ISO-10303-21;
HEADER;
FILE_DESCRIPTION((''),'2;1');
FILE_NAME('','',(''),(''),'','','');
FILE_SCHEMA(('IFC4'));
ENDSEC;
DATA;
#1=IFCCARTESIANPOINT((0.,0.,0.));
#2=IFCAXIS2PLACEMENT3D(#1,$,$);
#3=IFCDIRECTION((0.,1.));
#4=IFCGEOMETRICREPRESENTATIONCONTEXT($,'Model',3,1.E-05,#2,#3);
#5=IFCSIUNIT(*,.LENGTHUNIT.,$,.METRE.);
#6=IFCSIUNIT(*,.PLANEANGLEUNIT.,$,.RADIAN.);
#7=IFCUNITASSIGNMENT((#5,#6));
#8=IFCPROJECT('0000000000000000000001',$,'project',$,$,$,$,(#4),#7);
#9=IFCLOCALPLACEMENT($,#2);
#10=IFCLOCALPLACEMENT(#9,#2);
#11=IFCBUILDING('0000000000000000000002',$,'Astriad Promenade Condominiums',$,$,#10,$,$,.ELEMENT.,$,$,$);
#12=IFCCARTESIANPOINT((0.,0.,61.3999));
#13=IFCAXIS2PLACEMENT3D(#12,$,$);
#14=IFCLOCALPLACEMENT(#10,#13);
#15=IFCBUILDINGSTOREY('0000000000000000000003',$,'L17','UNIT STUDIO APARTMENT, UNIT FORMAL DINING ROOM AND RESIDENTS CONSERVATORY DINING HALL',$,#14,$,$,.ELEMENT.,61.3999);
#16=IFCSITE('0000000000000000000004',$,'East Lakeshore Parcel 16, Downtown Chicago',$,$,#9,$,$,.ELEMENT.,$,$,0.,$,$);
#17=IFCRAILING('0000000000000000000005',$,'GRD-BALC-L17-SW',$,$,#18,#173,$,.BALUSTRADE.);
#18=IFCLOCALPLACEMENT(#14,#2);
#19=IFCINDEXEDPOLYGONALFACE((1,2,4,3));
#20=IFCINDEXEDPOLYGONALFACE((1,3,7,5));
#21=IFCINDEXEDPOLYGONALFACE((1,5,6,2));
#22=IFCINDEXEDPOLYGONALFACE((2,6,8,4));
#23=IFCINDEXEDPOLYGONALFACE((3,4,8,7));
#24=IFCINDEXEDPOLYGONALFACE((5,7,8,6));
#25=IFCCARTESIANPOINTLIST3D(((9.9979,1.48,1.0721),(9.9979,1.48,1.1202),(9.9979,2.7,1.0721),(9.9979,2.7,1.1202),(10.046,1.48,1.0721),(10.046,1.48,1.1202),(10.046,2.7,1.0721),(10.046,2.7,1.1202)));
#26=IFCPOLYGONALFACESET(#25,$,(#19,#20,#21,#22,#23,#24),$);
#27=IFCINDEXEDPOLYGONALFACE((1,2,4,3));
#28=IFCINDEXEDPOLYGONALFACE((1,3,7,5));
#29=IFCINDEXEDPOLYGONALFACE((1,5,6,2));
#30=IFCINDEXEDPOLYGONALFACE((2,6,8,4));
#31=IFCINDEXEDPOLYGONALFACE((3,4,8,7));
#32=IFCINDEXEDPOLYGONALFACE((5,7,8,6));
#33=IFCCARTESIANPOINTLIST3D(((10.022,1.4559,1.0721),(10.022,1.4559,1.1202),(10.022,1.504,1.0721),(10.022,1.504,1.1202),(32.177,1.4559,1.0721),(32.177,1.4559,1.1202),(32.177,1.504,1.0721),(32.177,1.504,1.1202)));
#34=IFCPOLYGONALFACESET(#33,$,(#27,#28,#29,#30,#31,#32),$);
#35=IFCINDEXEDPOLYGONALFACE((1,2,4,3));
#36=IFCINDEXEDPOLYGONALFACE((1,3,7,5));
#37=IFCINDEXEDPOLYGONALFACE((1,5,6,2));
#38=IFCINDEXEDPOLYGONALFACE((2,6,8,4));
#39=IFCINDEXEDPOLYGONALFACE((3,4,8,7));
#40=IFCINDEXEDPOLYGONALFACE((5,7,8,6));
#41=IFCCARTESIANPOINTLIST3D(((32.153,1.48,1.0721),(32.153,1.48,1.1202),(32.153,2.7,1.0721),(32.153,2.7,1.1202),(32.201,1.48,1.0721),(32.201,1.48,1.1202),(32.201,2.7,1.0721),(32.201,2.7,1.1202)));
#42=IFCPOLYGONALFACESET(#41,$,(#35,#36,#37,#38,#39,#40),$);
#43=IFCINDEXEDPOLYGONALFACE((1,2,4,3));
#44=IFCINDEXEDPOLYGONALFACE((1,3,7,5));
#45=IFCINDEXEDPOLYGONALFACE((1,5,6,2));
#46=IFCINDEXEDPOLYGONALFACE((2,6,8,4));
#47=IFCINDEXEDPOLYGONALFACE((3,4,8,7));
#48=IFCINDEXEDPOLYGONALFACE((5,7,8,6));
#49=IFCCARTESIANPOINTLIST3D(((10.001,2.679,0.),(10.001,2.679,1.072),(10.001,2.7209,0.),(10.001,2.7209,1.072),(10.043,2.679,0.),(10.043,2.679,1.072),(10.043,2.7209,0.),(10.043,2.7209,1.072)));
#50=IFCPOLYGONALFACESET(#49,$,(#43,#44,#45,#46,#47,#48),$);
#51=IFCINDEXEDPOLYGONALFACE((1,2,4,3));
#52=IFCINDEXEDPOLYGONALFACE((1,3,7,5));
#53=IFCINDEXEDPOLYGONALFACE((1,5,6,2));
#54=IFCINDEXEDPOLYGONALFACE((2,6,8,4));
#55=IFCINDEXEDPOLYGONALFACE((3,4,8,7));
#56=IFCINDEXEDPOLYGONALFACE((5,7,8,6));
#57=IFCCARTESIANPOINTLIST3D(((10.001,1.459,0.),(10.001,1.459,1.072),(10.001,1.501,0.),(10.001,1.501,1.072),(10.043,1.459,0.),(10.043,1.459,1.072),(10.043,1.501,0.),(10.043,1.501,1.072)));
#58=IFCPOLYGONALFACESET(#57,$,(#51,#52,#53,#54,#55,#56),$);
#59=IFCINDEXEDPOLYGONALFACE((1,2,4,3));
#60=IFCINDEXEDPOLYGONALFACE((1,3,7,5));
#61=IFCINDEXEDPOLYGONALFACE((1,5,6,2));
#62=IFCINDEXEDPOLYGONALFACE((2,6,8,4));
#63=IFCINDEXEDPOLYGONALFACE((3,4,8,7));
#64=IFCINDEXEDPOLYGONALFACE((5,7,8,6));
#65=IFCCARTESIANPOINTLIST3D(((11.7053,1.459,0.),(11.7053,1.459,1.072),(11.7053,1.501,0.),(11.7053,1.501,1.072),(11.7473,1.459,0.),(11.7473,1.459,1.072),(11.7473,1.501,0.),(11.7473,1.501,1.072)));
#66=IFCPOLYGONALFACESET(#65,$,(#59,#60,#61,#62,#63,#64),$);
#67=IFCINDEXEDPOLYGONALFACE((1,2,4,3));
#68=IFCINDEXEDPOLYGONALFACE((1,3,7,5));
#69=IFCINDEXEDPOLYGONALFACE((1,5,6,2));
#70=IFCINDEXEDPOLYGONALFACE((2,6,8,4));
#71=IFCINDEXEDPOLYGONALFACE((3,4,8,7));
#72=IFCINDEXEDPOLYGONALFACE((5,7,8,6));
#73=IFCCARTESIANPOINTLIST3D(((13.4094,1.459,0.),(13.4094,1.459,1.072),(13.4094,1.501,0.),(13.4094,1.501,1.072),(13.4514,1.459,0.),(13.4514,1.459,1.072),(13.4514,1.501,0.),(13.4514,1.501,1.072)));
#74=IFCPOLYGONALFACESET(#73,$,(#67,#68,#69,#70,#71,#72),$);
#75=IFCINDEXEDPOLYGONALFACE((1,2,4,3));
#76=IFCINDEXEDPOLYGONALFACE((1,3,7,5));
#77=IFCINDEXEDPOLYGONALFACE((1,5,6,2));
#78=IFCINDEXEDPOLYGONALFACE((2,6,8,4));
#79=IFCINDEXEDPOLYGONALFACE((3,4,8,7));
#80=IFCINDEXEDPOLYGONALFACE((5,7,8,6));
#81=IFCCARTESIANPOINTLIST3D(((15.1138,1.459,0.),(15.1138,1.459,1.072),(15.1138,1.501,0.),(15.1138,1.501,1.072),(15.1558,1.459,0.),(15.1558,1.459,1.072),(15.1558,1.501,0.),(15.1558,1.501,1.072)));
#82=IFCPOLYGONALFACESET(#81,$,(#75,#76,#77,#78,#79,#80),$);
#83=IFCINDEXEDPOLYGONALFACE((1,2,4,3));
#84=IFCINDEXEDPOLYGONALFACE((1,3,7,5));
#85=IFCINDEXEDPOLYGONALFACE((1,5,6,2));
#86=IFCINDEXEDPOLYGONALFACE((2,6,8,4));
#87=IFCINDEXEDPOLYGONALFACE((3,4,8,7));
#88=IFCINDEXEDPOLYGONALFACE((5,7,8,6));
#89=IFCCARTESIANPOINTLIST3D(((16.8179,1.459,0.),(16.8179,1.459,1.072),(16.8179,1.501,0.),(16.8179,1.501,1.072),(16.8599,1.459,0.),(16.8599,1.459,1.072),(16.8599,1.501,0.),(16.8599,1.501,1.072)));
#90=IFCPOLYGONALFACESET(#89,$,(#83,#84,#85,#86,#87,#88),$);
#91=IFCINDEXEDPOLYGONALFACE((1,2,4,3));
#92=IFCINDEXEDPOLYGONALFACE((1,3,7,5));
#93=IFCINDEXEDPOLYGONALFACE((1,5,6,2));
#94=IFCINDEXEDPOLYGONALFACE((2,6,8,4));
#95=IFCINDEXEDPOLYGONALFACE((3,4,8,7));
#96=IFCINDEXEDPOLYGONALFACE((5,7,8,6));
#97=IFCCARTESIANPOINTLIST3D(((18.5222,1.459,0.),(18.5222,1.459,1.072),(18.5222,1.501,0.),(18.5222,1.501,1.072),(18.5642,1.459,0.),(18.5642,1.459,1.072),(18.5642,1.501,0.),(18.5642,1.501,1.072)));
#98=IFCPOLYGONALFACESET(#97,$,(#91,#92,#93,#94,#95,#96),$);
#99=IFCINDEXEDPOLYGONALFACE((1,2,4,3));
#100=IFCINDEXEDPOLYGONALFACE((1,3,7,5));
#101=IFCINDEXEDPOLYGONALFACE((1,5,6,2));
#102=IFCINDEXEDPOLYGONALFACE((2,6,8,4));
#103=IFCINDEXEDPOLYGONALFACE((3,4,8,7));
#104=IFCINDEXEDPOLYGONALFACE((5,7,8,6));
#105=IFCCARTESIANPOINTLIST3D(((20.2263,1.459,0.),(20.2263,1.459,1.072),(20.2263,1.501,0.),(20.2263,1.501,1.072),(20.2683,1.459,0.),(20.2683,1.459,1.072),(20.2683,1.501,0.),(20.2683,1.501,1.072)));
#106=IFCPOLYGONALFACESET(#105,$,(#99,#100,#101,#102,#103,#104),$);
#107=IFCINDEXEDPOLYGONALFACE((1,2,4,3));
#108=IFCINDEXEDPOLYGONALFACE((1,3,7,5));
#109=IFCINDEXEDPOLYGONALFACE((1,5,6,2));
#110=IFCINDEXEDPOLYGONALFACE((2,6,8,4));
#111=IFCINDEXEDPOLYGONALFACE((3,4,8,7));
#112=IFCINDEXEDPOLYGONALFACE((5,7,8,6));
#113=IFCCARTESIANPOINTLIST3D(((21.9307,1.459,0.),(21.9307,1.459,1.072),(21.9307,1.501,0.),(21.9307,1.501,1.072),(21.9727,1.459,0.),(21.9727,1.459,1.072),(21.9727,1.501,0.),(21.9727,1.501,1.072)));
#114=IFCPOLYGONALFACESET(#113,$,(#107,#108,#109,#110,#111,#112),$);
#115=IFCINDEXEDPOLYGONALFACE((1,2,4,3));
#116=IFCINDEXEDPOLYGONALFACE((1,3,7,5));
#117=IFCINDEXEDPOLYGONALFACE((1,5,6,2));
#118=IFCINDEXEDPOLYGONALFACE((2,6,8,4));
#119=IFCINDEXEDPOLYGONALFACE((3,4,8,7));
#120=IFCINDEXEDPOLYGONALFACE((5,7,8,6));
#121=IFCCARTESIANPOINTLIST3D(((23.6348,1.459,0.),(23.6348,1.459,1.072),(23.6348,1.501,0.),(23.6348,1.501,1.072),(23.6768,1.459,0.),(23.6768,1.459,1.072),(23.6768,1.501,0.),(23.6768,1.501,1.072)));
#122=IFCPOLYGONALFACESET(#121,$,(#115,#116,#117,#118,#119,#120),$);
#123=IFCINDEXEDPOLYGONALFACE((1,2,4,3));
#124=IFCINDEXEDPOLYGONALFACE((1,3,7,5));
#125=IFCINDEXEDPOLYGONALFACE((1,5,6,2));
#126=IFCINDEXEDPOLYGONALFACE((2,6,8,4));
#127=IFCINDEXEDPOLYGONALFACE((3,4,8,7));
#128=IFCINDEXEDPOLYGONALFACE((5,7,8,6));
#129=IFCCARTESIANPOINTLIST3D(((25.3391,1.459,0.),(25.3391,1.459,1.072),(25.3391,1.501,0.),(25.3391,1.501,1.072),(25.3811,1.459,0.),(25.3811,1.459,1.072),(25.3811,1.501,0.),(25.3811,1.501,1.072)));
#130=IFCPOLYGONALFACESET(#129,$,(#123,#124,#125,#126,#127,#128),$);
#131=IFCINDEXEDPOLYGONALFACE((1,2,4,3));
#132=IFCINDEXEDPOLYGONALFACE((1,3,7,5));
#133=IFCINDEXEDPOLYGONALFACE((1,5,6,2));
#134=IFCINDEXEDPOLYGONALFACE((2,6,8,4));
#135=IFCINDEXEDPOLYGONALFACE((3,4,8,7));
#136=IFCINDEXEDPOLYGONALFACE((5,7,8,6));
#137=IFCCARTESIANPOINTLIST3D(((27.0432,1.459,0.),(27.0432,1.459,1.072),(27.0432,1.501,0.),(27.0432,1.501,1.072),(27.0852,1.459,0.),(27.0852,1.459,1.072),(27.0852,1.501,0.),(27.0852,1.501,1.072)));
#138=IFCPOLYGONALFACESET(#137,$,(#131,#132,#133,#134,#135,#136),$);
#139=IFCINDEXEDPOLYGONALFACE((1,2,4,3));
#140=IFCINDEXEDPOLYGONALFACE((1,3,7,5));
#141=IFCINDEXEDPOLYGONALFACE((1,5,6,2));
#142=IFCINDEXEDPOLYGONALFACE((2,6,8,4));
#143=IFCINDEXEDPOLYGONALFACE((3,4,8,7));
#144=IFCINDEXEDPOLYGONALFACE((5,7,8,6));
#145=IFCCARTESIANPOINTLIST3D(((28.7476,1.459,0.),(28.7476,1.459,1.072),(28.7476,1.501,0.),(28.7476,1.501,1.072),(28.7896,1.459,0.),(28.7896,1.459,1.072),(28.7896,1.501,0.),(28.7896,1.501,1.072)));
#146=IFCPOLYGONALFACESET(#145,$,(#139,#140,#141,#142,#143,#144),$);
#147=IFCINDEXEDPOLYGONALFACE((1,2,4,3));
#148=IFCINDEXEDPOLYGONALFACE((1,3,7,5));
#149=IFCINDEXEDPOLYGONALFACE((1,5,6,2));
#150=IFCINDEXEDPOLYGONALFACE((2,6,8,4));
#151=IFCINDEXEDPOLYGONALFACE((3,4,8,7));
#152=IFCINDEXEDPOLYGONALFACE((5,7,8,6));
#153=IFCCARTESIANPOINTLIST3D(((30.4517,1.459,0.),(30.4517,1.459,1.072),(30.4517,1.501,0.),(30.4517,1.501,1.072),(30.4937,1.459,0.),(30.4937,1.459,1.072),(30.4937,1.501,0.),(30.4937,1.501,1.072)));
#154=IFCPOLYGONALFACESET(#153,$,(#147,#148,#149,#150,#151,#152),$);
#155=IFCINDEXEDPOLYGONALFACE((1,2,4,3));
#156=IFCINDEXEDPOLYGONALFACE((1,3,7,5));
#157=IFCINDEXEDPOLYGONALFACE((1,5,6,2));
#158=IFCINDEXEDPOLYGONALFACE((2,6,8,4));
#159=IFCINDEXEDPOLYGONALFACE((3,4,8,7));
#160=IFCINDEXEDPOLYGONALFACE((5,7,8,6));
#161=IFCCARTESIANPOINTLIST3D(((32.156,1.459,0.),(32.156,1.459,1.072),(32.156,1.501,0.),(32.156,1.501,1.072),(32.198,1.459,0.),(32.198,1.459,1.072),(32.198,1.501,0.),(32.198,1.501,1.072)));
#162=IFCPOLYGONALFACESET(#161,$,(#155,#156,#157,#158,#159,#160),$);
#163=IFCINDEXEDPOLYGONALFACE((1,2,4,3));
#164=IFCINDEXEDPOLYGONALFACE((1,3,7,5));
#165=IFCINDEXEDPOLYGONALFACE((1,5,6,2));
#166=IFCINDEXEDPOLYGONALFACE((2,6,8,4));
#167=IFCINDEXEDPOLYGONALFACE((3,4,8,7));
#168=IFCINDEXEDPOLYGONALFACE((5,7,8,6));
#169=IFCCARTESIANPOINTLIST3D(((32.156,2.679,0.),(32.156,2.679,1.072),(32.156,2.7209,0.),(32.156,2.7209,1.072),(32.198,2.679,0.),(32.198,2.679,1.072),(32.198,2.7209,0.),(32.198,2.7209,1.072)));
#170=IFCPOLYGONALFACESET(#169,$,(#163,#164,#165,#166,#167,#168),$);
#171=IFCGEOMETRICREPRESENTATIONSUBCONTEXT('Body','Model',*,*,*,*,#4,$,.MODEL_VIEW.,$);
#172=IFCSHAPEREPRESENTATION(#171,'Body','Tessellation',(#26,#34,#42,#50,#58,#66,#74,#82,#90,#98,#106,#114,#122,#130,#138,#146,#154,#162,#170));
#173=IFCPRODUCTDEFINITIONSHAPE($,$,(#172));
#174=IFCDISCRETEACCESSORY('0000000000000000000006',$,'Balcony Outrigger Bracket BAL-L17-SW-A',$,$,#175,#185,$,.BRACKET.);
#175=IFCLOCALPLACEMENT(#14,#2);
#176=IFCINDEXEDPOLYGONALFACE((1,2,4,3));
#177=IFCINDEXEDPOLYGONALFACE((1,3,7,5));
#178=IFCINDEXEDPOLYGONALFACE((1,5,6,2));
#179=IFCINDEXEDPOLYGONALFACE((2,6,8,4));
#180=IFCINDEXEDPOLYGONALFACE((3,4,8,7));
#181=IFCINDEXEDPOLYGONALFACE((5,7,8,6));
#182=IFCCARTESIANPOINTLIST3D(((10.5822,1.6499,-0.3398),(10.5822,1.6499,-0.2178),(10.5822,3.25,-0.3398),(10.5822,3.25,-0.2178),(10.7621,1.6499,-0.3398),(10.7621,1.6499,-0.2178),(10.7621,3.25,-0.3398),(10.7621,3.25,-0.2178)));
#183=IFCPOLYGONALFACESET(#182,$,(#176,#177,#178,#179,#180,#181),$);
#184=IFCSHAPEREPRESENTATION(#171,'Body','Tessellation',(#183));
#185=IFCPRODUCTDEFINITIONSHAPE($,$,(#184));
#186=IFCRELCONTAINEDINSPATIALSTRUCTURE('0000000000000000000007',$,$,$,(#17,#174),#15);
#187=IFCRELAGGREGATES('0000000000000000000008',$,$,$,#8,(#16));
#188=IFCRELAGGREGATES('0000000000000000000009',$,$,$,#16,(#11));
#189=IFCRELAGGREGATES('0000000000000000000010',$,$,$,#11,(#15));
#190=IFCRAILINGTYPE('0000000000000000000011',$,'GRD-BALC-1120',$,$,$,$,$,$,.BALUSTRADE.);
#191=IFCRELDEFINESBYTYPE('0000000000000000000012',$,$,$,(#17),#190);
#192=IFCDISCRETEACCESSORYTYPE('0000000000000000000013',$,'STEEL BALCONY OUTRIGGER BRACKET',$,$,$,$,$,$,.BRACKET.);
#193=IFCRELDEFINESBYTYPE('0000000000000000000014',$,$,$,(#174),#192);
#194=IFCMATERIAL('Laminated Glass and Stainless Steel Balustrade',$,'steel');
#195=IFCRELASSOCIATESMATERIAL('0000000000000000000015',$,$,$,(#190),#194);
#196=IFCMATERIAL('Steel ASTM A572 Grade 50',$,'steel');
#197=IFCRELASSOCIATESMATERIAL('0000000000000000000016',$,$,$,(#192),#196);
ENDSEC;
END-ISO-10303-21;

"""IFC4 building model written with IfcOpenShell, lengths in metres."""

from ifc_helpers import new_model, si_unit, direction, frame, origin, origin_2d, place, context, subcontext, project, spatial, rectangle, extrude, source, transform, mapped, material, type_object, type_shapes, element, save


model = new_model("IFC4")

# Units and contexts
model_context = context("Model", 3, precision=1e-05, world=origin(), true_north=direction((0.0, 1.0)))
body_context = subcontext(model_context, "Body", "Model", "MODEL_VIEW")
ifc_project = project(units=[si_unit("LENGTHUNIT", "METRE"), si_unit("PLANEANGLEUNIT", "RADIAN")], contexts=[model_context])

# Site, building, storey
site_placement = place(None, origin())
site = spatial("IfcSite", under=ifc_project, at=site_placement, Name="East Lakeshore Parcel 16, Downtown Chicago", CompositionType="ELEMENT", RefElevation=0.0)
building_placement = place(site_placement, origin())
building = spatial("IfcBuilding", under=site, at=building_placement, Name="Astriad Promenade Condominiums", CompositionType="ELEMENT")
storey_placement = place(building_placement, frame((0.0, 0.0, 61.3999)))
storey = spatial("IfcBuildingStorey", under=building, at=storey_placement, Name="L17", Description="UNIT STUDIO APARTMENT, UNIT FORMAL DINING ROOM AND RESIDENTS CONSERVATORY DINING HALL", CompositionType="ELEMENT", Elevation=61.3999)

# Railing
ifc_material_1 = material(Name="Laminated Glass and Stainless Steel Balustrade", Category="steel")
railing_type = type_object("IfcRailingType", Name="GRD-BALC-1120", PredefinedType="BALUSTRADE", material=ifc_material_1)
shared_shape_1 = source(origin(), body_context, "Body", "SweptSolid", [
    extrude(rectangle(XDim=0.0481, YDim=0.0481, at=origin_2d()), frame((0.0, 0.0, 1.0962), z_axis=(0.0, -1.0, 0.0), x_axis=(1.0, 0.0, 0.0)), (0.0, 0.0, 1.0), 1.22),
    extrude(rectangle(XDim=0.0481, YDim=0.0481, at=origin_2d()), frame((0.0, -1.22, 1.0962), z_axis=(1.0, 0.0, 0.0), x_axis=(0.0, 1.0, 0.0)), (0.0, 0.0, 1.0), 22.155),
    extrude(rectangle(XDim=0.0481, YDim=0.0481, at=origin_2d()), frame((22.155, -1.22, 1.0962), z_axis=(0.0, 1.0, 0.0), x_axis=(-1.0, 0.0, 0.0)), (0.0, 0.0, 1.0), 1.22),
    extrude(rectangle(XDim=0.042, YDim=0.042, at=origin_2d()), origin(), (0.0, 0.0, 1.0), 1.072),
    extrude(rectangle(XDim=0.042, YDim=0.042, at=origin_2d()), frame((0.0, -1.22, 0.0)), (0.0, 0.0, 1.0), 1.072),
    extrude(rectangle(XDim=0.042, YDim=0.042, at=origin_2d()), frame((1.7043, -1.22, 0.0)), (0.0, 0.0, 1.0), 1.072),
    extrude(rectangle(XDim=0.042, YDim=0.042, at=origin_2d()), frame((3.4084, -1.22, 0.0)), (0.0, 0.0, 1.0), 1.072),
    extrude(rectangle(XDim=0.042, YDim=0.042, at=origin_2d()), frame((5.1128, -1.22, 0.0)), (0.0, 0.0, 1.0), 1.072),
    extrude(rectangle(XDim=0.042, YDim=0.042, at=origin_2d()), frame((6.8169, -1.22, 0.0)), (0.0, 0.0, 1.0), 1.072),
    extrude(rectangle(XDim=0.042, YDim=0.042, at=origin_2d()), frame((8.5212, -1.22, 0.0)), (0.0, 0.0, 1.0), 1.072),
    extrude(rectangle(XDim=0.042, YDim=0.042, at=origin_2d()), frame((10.2253, -1.22, 0.0)), (0.0, 0.0, 1.0), 1.072),
    extrude(rectangle(XDim=0.042, YDim=0.042, at=origin_2d()), frame((11.9297, -1.22, 0.0)), (0.0, 0.0, 1.0), 1.072),
    extrude(rectangle(XDim=0.042, YDim=0.042, at=origin_2d()), frame((13.6338, -1.22, 0.0)), (0.0, 0.0, 1.0), 1.072),
    extrude(rectangle(XDim=0.042, YDim=0.042, at=origin_2d()), frame((15.3381, -1.22, 0.0)), (0.0, 0.0, 1.0), 1.072),
    extrude(rectangle(XDim=0.042, YDim=0.042, at=origin_2d()), frame((17.0422, -1.22, 0.0)), (0.0, 0.0, 1.0), 1.072),
    extrude(rectangle(XDim=0.042, YDim=0.042, at=origin_2d()), frame((18.7466, -1.22, 0.0)), (0.0, 0.0, 1.0), 1.072),
    extrude(rectangle(XDim=0.042, YDim=0.042, at=origin_2d()), frame((20.4507, -1.22, 0.0)), (0.0, 0.0, 1.0), 1.072),
    extrude(rectangle(XDim=0.042, YDim=0.042, at=origin_2d()), frame((22.155, -1.22, 0.0)), (0.0, 0.0, 1.0), 1.072),
    extrude(rectangle(XDim=0.042, YDim=0.042, at=origin_2d()), frame((22.155, 0.0, 0.0)), (0.0, 0.0, 1.0), 1.072),
])
type_shapes(railing_type, [shared_shape_1])
railing_placement = place(storey_placement, frame((10.022, 2.7, 0.0)))
element("IfcRailing", 1, at=railing_placement, inside=storey, type_object=railing_type, Name="GRD-BALC-L17-SW", PredefinedType="BALUSTRADE", context=body_context, shape_type="MappedRepresentation", body=[
    mapped(shared_shape_1, transform((0.0, 0.0, 0.0), scale=1.0)),
])

# Discrete accessory
ifc_material_2 = material(Name="Steel ASTM A572 Grade 50", Category="steel")
discrete_accessory_type = type_object("IfcDiscreteAccessoryType", Name="STEEL BALCONY OUTRIGGER BRACKET", PredefinedType="BRACKET", material=ifc_material_2)
shared_shape_2 = source(origin(), body_context, "Body", "SweptSolid", [
    extrude(rectangle(XDim=1.6001, YDim=0.1799, at=origin_2d()), origin(), (0.0, 0.0, 1.0), 0.1221),
])
type_shapes(discrete_accessory_type, [shared_shape_2])
discrete_accessory_placement = place(storey_placement, frame((10.6721, 2.45, -0.3398), z_axis=(0.0, 0.0, 1.0), x_axis=(0.0, -1.0, 0.0)))
element("IfcDiscreteAccessory", 2, at=discrete_accessory_placement, inside=storey, type_object=discrete_accessory_type, Name="Balcony Outrigger Bracket BAL-L17-SW-A", PredefinedType="BRACKET", context=body_context, shape_type="MappedRepresentation", body=[
    mapped(shared_shape_2, transform((0.0, 0.0, 0.0), scale=1.0)),
])

save(model, "model.ifc")
